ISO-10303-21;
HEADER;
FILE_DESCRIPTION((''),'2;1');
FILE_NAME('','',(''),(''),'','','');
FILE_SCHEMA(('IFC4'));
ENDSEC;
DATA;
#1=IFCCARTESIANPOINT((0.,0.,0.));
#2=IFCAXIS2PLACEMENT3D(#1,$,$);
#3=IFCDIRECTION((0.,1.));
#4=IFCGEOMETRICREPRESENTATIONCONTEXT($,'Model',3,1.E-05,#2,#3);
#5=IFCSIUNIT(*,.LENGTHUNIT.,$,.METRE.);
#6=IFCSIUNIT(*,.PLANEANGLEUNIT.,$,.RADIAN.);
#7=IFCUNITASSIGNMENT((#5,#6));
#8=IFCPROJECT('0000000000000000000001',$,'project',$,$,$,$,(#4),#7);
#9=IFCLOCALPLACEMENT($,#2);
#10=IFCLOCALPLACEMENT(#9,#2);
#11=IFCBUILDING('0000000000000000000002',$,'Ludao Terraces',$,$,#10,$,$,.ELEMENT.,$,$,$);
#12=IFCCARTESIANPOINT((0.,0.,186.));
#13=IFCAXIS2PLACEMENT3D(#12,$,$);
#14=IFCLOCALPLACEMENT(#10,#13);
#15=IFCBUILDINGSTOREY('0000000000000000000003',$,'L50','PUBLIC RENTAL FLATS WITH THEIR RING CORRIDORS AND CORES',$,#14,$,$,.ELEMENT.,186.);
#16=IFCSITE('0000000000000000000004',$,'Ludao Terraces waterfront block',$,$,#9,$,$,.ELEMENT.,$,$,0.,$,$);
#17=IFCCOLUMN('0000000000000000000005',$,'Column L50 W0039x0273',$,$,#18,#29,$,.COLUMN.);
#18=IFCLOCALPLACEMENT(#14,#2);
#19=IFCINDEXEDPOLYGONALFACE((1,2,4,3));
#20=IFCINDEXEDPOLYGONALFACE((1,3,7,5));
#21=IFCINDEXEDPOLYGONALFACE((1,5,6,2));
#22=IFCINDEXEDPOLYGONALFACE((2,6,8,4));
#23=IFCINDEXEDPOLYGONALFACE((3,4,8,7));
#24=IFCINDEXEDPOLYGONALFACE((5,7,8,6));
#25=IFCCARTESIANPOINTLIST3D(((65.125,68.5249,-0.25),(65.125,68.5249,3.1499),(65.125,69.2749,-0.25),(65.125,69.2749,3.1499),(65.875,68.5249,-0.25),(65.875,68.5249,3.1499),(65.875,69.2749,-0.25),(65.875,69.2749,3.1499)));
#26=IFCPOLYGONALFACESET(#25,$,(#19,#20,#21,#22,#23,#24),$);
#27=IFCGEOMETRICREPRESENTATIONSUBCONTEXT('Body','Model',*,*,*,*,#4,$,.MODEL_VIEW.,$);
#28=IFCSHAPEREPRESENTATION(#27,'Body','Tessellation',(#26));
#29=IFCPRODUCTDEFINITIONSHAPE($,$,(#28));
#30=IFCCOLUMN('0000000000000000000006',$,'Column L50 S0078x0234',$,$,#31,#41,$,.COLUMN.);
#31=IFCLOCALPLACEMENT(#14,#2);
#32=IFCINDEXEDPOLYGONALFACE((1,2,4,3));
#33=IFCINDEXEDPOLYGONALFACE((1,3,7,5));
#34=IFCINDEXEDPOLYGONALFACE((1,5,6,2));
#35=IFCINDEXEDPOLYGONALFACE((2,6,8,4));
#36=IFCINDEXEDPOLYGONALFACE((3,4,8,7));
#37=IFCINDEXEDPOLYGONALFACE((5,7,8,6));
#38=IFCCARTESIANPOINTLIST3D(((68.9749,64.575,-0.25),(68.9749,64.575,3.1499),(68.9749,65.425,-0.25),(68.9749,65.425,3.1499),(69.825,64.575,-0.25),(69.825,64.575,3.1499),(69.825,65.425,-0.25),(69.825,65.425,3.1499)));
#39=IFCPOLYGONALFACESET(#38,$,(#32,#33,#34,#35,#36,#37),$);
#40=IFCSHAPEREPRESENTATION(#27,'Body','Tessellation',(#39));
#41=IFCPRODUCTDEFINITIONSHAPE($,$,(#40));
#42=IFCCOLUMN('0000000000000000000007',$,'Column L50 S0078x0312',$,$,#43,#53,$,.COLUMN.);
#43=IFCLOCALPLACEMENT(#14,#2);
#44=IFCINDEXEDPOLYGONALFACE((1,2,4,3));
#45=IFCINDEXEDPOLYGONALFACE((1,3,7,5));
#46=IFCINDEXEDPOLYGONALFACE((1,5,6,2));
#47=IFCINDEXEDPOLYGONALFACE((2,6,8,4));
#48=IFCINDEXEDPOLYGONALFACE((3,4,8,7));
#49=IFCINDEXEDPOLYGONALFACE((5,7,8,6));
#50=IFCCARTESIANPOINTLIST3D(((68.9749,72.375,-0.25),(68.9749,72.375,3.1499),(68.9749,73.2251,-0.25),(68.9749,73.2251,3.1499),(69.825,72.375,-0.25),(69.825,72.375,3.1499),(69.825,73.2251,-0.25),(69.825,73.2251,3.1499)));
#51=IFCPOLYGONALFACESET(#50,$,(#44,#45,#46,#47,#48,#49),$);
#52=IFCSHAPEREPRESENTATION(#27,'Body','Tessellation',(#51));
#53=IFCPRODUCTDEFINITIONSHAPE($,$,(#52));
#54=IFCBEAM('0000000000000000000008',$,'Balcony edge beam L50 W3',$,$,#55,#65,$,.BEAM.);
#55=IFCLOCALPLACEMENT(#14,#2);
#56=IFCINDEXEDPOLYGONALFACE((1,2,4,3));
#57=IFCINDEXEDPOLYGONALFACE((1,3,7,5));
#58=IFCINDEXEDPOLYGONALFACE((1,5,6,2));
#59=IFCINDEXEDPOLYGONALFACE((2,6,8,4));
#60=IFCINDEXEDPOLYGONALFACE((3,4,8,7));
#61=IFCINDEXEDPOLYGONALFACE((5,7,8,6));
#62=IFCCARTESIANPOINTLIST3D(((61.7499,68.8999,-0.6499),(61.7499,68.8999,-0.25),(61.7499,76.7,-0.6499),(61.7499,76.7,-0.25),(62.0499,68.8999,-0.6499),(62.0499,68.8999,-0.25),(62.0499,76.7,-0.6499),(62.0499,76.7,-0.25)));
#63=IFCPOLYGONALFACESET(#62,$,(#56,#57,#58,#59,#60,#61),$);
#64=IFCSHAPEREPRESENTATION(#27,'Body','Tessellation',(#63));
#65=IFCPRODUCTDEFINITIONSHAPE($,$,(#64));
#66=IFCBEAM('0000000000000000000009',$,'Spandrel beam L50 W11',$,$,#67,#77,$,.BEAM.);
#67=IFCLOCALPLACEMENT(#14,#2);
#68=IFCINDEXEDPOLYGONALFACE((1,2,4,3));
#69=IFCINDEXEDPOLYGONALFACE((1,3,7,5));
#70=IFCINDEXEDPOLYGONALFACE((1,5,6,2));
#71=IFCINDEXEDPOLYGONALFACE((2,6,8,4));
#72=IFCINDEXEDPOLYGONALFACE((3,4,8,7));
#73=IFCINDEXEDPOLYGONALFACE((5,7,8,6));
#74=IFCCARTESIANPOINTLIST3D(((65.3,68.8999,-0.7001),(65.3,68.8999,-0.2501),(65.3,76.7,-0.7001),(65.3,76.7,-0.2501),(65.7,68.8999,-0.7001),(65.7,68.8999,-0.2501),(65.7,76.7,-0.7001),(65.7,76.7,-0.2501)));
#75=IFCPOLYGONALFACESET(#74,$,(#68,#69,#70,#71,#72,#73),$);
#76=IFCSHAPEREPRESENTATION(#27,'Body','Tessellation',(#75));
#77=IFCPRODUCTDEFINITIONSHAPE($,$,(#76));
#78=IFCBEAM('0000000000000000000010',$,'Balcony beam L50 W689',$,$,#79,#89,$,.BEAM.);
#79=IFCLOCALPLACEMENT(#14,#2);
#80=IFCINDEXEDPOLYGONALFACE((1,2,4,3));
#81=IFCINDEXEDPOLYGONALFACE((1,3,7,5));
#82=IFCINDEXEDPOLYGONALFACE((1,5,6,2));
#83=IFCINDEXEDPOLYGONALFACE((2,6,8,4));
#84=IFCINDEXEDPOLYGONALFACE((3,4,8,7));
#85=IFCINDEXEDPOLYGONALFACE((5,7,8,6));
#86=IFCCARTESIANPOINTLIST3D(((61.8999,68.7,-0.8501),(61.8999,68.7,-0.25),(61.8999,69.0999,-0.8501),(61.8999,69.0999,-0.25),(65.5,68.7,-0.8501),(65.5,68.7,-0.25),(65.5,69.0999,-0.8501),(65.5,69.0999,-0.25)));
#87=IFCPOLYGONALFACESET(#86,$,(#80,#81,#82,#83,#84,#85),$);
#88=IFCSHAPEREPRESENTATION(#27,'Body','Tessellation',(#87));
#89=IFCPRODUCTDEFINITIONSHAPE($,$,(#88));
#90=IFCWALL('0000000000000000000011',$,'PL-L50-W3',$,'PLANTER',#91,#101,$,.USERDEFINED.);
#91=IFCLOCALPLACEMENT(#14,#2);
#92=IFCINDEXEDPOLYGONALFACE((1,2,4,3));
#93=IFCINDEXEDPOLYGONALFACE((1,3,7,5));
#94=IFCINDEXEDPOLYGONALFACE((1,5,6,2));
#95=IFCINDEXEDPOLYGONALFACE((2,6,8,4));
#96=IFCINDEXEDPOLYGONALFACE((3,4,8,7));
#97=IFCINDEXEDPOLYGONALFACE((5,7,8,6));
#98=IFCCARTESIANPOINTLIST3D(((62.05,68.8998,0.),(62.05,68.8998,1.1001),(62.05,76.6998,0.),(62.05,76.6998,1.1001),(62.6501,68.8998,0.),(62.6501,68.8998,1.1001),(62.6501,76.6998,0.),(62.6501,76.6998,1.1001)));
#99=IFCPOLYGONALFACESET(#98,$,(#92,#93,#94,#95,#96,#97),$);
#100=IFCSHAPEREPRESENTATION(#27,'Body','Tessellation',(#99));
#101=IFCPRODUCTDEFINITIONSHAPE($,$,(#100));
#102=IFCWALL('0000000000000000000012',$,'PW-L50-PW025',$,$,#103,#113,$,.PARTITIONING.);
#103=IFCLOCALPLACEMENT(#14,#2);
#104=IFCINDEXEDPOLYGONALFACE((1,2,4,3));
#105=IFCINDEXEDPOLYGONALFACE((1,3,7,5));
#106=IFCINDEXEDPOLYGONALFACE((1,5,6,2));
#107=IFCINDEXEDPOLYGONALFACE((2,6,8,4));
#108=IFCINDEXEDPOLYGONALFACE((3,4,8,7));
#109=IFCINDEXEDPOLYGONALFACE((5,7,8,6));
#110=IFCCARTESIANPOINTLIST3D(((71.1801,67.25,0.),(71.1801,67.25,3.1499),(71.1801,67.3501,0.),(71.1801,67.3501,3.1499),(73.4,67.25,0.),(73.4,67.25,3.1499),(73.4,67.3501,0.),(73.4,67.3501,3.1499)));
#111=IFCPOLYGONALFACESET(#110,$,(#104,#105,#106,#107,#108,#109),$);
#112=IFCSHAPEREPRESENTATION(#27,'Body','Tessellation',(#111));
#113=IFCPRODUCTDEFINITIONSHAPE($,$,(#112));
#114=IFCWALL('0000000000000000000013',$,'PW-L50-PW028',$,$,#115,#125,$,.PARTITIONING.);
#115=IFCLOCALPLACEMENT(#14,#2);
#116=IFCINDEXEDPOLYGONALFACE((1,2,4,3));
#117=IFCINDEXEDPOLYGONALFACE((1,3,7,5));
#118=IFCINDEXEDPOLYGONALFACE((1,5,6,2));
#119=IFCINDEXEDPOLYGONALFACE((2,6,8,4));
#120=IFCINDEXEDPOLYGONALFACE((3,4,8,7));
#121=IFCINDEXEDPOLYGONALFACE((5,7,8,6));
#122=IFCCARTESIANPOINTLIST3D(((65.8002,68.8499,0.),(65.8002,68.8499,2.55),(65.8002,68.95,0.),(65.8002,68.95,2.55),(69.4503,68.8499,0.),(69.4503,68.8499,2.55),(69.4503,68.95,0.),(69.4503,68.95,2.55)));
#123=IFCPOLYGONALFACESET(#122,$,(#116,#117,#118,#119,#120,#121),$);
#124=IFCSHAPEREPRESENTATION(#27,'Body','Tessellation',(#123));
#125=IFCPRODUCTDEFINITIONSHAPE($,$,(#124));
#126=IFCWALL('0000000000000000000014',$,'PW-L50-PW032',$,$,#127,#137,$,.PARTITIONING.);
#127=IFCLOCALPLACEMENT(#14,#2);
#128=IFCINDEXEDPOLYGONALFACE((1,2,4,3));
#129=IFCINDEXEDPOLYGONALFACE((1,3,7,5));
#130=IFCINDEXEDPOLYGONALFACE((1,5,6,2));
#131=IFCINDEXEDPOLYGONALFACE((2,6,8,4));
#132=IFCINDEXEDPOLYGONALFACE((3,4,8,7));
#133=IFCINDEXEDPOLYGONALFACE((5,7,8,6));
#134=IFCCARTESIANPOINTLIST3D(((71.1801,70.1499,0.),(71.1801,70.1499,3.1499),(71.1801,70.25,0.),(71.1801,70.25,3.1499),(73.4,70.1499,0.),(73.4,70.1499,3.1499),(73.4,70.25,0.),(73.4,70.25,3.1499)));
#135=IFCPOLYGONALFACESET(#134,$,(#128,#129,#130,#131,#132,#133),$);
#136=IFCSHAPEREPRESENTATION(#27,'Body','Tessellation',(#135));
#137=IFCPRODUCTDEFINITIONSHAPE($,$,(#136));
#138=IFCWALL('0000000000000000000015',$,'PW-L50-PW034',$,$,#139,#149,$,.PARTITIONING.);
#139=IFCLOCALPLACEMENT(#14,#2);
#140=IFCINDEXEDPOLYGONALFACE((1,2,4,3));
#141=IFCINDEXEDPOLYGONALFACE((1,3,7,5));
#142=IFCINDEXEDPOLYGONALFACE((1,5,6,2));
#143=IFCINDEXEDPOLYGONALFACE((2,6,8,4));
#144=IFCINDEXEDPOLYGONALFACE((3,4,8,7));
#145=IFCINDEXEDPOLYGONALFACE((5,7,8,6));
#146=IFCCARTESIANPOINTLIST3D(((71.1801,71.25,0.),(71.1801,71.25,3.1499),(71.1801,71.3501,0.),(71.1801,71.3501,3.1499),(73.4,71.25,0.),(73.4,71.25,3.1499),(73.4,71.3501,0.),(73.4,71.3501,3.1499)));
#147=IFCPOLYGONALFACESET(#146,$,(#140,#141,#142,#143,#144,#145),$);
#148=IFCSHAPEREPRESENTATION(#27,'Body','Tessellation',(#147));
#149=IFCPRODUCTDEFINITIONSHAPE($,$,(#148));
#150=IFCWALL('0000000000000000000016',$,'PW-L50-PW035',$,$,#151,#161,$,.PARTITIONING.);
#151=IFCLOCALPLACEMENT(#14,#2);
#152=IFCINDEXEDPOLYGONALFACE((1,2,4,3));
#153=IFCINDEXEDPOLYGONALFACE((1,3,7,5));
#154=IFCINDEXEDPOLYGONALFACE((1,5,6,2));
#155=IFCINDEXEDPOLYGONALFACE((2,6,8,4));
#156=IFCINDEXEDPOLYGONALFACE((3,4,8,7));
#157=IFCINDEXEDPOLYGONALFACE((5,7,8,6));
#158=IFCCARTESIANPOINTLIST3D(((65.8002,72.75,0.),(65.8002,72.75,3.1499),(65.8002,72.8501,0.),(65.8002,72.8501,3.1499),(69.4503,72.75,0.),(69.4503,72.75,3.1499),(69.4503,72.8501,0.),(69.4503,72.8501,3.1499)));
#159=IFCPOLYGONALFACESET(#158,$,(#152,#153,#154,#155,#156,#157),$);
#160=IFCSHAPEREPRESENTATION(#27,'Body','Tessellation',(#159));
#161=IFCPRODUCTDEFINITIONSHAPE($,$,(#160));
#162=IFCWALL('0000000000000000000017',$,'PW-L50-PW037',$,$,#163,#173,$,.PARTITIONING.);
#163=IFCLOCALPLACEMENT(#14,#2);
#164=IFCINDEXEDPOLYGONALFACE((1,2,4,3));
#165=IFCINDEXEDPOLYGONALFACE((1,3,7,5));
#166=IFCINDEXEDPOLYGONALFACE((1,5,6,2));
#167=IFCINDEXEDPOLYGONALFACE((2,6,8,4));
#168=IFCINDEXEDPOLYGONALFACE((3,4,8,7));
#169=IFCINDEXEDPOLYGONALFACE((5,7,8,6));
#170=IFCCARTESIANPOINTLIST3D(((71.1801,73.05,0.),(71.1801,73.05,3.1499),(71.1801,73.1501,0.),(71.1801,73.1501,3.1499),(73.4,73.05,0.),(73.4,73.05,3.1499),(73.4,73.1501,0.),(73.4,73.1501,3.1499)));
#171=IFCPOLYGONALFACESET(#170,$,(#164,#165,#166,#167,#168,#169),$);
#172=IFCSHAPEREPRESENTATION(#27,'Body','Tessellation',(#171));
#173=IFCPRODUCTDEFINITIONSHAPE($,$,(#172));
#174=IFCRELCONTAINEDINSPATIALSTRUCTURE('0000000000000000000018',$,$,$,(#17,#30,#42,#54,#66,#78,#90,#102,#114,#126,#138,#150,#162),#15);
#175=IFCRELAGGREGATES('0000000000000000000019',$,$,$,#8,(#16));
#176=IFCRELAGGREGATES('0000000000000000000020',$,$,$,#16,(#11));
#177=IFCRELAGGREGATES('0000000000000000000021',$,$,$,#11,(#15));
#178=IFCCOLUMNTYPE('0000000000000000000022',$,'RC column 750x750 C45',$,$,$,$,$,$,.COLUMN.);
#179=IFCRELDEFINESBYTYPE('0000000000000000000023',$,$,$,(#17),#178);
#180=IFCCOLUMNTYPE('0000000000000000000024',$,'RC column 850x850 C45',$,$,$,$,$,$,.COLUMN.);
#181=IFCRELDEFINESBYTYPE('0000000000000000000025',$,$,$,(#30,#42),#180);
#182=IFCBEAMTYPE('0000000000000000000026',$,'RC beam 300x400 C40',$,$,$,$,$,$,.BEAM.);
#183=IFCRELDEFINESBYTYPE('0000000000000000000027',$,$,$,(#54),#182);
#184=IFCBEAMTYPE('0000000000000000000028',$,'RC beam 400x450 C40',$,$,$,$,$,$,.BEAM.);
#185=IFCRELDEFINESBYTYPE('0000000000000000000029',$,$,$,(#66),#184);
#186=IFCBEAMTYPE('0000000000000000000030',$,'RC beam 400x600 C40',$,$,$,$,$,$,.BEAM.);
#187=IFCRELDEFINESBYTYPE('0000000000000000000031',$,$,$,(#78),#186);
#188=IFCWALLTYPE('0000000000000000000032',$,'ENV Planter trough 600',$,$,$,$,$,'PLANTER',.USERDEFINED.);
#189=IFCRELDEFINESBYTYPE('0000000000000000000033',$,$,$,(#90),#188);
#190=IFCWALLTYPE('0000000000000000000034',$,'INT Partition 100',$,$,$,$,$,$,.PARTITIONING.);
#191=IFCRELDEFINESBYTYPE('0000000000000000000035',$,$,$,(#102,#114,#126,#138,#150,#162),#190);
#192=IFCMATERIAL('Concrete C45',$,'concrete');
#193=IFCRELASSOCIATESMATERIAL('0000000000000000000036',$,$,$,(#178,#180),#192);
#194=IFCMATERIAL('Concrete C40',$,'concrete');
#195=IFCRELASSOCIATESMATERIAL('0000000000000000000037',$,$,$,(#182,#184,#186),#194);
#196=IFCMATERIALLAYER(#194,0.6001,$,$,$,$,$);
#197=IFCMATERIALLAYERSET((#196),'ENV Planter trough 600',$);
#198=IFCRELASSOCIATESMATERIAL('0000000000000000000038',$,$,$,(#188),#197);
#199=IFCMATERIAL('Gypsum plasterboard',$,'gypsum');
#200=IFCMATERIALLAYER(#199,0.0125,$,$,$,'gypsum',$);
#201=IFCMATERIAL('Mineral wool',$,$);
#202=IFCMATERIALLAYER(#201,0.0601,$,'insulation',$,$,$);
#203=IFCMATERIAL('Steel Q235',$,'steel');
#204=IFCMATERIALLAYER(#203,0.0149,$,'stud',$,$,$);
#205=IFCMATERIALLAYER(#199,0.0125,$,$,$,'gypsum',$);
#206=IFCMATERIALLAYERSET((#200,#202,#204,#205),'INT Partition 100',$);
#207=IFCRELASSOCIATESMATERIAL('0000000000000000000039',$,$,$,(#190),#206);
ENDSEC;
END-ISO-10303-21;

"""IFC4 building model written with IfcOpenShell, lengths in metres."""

from ifc_helpers import new_model, si_unit, direction, frame, frame_2d, origin, origin_2d, place, context, subcontext, project, spatial, rectangle, extrude, material, layer, layer_set, material_profile, profile_set, type_object, element, save


model = new_model("IFC4")

# Units and contexts
model_context = context("Model", 3, precision=1e-05, world=origin(), true_north=direction((0.0, 1.0)))
body_context = subcontext(model_context, "Body", "Model", "MODEL_VIEW")
ifc_project = project(units=[si_unit("LENGTHUNIT", "METRE"), si_unit("PLANEANGLEUNIT", "RADIAN")], contexts=[model_context])

# Site, building, storey
site_placement = place(None, origin())
site = spatial("IfcSite", under=ifc_project, at=site_placement, Name="Ludao Terraces waterfront block", CompositionType="ELEMENT", RefElevation=0.0)
building_placement = place(site_placement, origin())
building = spatial("IfcBuilding", under=site, at=building_placement, Name="Ludao Terraces", CompositionType="ELEMENT")
storey_placement = place(building_placement, frame((0.0, 0.0, 186.0)))
storey = spatial("IfcBuildingStorey", under=building, at=storey_placement, Name="L50", Description="PUBLIC RENTAL FLATS WITH THEIR RING CORRIDORS AND CORES", CompositionType="ELEMENT", Elevation=186.0)

# Columns
ifc_material_1 = material(Name="Concrete C45", Category="concrete")
ifc_material_profile_1 = material_profile(ifc_material_1, rectangle(XDim=0.75, YDim=0.75, at=origin_2d()), Name="750 X 750")
ifc_profile_set_1 = profile_set([ifc_material_profile_1], Name="Concrete C45")
column_type_1 = type_object("IfcColumnType", Name="RC column 750x750 C45", PredefinedType="COLUMN", material=ifc_profile_set_1)
column_placement = place(storey_placement, frame((65.5, 68.8999, -0.25), z_axis=(0.0, 0.0, 1.0), x_axis=(1.0, 0.0, 0.0)))
element("IfcColumn", 1, at=column_placement, inside=storey, type_object=column_type_1, Name="Column L50 W0039x0273", PredefinedType="COLUMN", context=body_context, shape_type="SweptSolid", body=[
    extrude(rectangle(XDim=0.75, YDim=0.75, at=origin_2d()), origin(), (0.0, 0.0, 1.0), 3.3999),
])
ifc_material_profile_2 = material_profile(ifc_material_1, rectangle(XDim=0.8501, YDim=0.8501, at=origin_2d()), Name="850 X 850")
ifc_profile_set_2 = profile_set([ifc_material_profile_2], Name="Concrete C45")
column_type_2 = type_object("IfcColumnType", Name="RC column 850x850 C45", PredefinedType="COLUMN", material=ifc_profile_set_2)
for number, where, z_axis, x_axis, name in (
    (2, (69.3999, 65.0, -0.25), (0.0, 0.0, 1.0), (1.0, 0.0, 0.0), "Column L50 S0078x0234"),
    (3, (69.3999, 72.8, -0.25), (0.0, 0.0, 1.0), (1.0, 0.0, 0.0), "Column L50 S0078x0312"),
):
    element("IfcColumn", number, at=place(storey_placement, frame(where, z_axis=z_axis, x_axis=x_axis)), inside=storey, type_object=column_type_2, Name=name, PredefinedType="COLUMN", context=body_context, shape_type="SweptSolid", body=[
        extrude(rectangle(XDim=0.8501, YDim=0.8501, at=origin_2d()), origin(), (0.0, 0.0, 1.0), 3.3999),
    ])

# Beams
ifc_material_2 = material(Name="Concrete C40", Category="concrete")
ifc_material_profile_3 = material_profile(ifc_material_2, rectangle(XDim=0.3, YDim=0.3999, at=origin_2d()), Name="300 X 400")
ifc_profile_set_3 = profile_set([ifc_material_profile_3], Name="Concrete C40")
beam_type_1 = type_object("IfcBeamType", Name="RC beam 300x400 C40", PredefinedType="BEAM", material=ifc_profile_set_3)
beam_1_placement = place(storey_placement, frame((61.8999, 68.8999, -0.45), z_axis=(0.0, 1.0, 0.0), x_axis=(-1.0, 0.0, 0.0)))
element("IfcBeam", 4, at=beam_1_placement, inside=storey, type_object=beam_type_1, Name="Balcony edge beam L50 W3", PredefinedType="BEAM", context=body_context, shape_type="SweptSolid", body=[
    extrude(rectangle(XDim=0.3, YDim=0.3999, at=origin_2d()), origin(), (0.0, 0.0, 1.0), 7.8),
])
ifc_material_profile_4 = material_profile(ifc_material_2, rectangle(XDim=0.3999, YDim=0.45, at=origin_2d()), Name="400 X 450")
ifc_profile_set_4 = profile_set([ifc_material_profile_4], Name="Concrete C40")
beam_type_2 = type_object("IfcBeamType", Name="RC beam 400x450 C40", PredefinedType="BEAM", material=ifc_profile_set_4)
beam_2_placement = place(storey_placement, frame((65.5, 68.8999, -0.4751), z_axis=(0.0, 1.0, 0.0), x_axis=(-1.0, 0.0, 0.0)))
element("IfcBeam", 5, at=beam_2_placement, inside=storey, type_object=beam_type_2, Name="Spandrel beam L50 W11", PredefinedType="BEAM", context=body_context, shape_type="SweptSolid", body=[
    extrude(rectangle(XDim=0.3999, YDim=0.45, at=origin_2d()), origin(), (0.0, 0.0, 1.0), 7.8),
])
ifc_material_profile_5 = material_profile(ifc_material_2, rectangle(XDim=0.3999, YDim=0.6001, at=origin_2d()), Name="400 X 600")
ifc_profile_set_5 = profile_set([ifc_material_profile_5], Name="Concrete C40")
beam_type_3 = type_object("IfcBeamType", Name="RC beam 400x600 C40", PredefinedType="BEAM", material=ifc_profile_set_5)
beam_3_placement = place(storey_placement, frame((65.5, 68.8999, -0.55), z_axis=(-1.0, 0.0, 0.0), x_axis=(0.0, -1.0, 0.0)))
element("IfcBeam", 6, at=beam_3_placement, inside=storey, type_object=beam_type_3, Name="Balcony beam L50 W689", PredefinedType="BEAM", context=body_context, shape_type="SweptSolid", body=[
    extrude(rectangle(XDim=0.3999, YDim=0.6001, at=origin_2d()), origin(), (0.0, 0.0, 1.0), 3.6001),
])

# Wall
ifc_layer_1 = layer(ifc_material_2, 0.6001)
ifc_layer_set_1 = layer_set([ifc_layer_1], Name="ENV Planter trough 600")
wall_type_1 = type_object("IfcWallType", Name="ENV Planter trough 600", ElementType="PLANTER", PredefinedType="USERDEFINED", material=ifc_layer_set_1)
wall_1_placement = place(storey_placement, frame((62.3501, 68.8999, 0.0), z_axis=(0.0, 0.0, 1.0), x_axis=(0.0, 1.0, 0.0)))
element("IfcWall", 7, at=wall_1_placement, inside=storey, type_object=wall_type_1, Name="PL-L50-W3", ObjectType="PLANTER", PredefinedType="USERDEFINED", context=body_context, shape_type="SweptSolid", body=[
    extrude(rectangle(XDim=7.8, YDim=0.6001, at=frame_2d((3.8999, 0.0))), origin(), (0.0, 0.0, 1.0), 1.1001),
])

# Shared definitions
ifc_material_3 = material(Name="Mineral wool")

# Walls
ifc_material_4 = material(Name="Gypsum plasterboard", Category="gypsum")
ifc_layer_2 = layer(ifc_material_4, 0.0125, Category="gypsum")
ifc_layer_3 = layer(ifc_material_3, 0.0601, Name="insulation")
ifc_material_5 = material(Name="Steel Q235", Category="steel")
ifc_layer_4 = layer(ifc_material_5, 0.0149, Name="stud")
ifc_layer_5 = layer(ifc_material_4, 0.0125, Category="gypsum")
ifc_layer_set_2 = layer_set([ifc_layer_2, ifc_layer_3, ifc_layer_4, ifc_layer_5], Name="INT Partition 100")
wall_type_2 = type_object("IfcWallType", Name="INT Partition 100", PredefinedType="PARTITIONING", material=ifc_layer_set_2)
wall_2_placement = place(storey_placement, frame((71.1802, 67.3, 0.0), z_axis=(0.0, 0.0, 1.0), x_axis=(1.0, 0.0, 0.0)))
element("IfcWall", 8, at=wall_2_placement, inside=storey, type_object=wall_type_2, Name="PW-L50-PW025", PredefinedType="PARTITIONING", context=body_context, shape_type="SweptSolid", body=[
    extrude(rectangle(XDim=2.22, YDim=0.1001, at=frame_2d((1.1099, 0.0))), origin(), (0.0, 0.0, 1.0), 3.1499),
])
wall_3_placement = place(storey_placement, frame((65.8, 68.8999, 0.0), z_axis=(0.0, 0.0, 1.0), x_axis=(1.0, 0.0, 0.0)))
element("IfcWall", 9, at=wall_3_placement, inside=storey, type_object=wall_type_2, Name="PW-L50-PW028", PredefinedType="PARTITIONING", context=body_context, shape_type="SweptSolid", body=[
    extrude(rectangle(XDim=3.6501, YDim=0.1001, at=frame_2d((1.8252, 0.0))), origin(), (0.0, 0.0, 1.0), 2.55),
])
for number, where, z_axis, x_axis, name in (
    (10, (71.1802, 70.2, 0.0), (0.0, 0.0, 1.0), (1.0, 0.0, 0.0), "PW-L50-PW032"),
    (11, (71.1802, 71.3, 0.0), (0.0, 0.0, 1.0), (1.0, 0.0, 0.0), "PW-L50-PW034"),
):
    element("IfcWall", number, at=place(storey_placement, frame(where, z_axis=z_axis, x_axis=x_axis)), inside=storey, type_object=wall_type_2, Name=name, PredefinedType="PARTITIONING", context=body_context, shape_type="SweptSolid", body=[
        extrude(rectangle(XDim=2.22, YDim=0.1001, at=frame_2d((1.1099, 0.0))), origin(), (0.0, 0.0, 1.0), 3.1499),
    ])
wall_4_placement = place(storey_placement, frame((65.8, 72.8, 0.0), z_axis=(0.0, 0.0, 1.0), x_axis=(1.0, 0.0, 0.0)))
element("IfcWall", 12, at=wall_4_placement, inside=storey, type_object=wall_type_2, Name="PW-L50-PW035", PredefinedType="PARTITIONING", context=body_context, shape_type="SweptSolid", body=[
    extrude(rectangle(XDim=3.6501, YDim=0.1001, at=frame_2d((1.8252, 0.0))), origin(), (0.0, 0.0, 1.0), 3.1499),
])
wall_5_placement = place(storey_placement, frame((71.1802, 73.1001, 0.0), z_axis=(0.0, 0.0, 1.0), x_axis=(1.0, 0.0, 0.0)))
element("IfcWall", 13, at=wall_5_placement, inside=storey, type_object=wall_type_2, Name="PW-L50-PW037", PredefinedType="PARTITIONING", context=body_context, shape_type="SweptSolid", body=[
    extrude(rectangle(XDim=2.22, YDim=0.1001, at=frame_2d((1.1099, 0.0))), origin(), (0.0, 0.0, 1.0), 3.1499),
])

save(model, "model.ifc")
